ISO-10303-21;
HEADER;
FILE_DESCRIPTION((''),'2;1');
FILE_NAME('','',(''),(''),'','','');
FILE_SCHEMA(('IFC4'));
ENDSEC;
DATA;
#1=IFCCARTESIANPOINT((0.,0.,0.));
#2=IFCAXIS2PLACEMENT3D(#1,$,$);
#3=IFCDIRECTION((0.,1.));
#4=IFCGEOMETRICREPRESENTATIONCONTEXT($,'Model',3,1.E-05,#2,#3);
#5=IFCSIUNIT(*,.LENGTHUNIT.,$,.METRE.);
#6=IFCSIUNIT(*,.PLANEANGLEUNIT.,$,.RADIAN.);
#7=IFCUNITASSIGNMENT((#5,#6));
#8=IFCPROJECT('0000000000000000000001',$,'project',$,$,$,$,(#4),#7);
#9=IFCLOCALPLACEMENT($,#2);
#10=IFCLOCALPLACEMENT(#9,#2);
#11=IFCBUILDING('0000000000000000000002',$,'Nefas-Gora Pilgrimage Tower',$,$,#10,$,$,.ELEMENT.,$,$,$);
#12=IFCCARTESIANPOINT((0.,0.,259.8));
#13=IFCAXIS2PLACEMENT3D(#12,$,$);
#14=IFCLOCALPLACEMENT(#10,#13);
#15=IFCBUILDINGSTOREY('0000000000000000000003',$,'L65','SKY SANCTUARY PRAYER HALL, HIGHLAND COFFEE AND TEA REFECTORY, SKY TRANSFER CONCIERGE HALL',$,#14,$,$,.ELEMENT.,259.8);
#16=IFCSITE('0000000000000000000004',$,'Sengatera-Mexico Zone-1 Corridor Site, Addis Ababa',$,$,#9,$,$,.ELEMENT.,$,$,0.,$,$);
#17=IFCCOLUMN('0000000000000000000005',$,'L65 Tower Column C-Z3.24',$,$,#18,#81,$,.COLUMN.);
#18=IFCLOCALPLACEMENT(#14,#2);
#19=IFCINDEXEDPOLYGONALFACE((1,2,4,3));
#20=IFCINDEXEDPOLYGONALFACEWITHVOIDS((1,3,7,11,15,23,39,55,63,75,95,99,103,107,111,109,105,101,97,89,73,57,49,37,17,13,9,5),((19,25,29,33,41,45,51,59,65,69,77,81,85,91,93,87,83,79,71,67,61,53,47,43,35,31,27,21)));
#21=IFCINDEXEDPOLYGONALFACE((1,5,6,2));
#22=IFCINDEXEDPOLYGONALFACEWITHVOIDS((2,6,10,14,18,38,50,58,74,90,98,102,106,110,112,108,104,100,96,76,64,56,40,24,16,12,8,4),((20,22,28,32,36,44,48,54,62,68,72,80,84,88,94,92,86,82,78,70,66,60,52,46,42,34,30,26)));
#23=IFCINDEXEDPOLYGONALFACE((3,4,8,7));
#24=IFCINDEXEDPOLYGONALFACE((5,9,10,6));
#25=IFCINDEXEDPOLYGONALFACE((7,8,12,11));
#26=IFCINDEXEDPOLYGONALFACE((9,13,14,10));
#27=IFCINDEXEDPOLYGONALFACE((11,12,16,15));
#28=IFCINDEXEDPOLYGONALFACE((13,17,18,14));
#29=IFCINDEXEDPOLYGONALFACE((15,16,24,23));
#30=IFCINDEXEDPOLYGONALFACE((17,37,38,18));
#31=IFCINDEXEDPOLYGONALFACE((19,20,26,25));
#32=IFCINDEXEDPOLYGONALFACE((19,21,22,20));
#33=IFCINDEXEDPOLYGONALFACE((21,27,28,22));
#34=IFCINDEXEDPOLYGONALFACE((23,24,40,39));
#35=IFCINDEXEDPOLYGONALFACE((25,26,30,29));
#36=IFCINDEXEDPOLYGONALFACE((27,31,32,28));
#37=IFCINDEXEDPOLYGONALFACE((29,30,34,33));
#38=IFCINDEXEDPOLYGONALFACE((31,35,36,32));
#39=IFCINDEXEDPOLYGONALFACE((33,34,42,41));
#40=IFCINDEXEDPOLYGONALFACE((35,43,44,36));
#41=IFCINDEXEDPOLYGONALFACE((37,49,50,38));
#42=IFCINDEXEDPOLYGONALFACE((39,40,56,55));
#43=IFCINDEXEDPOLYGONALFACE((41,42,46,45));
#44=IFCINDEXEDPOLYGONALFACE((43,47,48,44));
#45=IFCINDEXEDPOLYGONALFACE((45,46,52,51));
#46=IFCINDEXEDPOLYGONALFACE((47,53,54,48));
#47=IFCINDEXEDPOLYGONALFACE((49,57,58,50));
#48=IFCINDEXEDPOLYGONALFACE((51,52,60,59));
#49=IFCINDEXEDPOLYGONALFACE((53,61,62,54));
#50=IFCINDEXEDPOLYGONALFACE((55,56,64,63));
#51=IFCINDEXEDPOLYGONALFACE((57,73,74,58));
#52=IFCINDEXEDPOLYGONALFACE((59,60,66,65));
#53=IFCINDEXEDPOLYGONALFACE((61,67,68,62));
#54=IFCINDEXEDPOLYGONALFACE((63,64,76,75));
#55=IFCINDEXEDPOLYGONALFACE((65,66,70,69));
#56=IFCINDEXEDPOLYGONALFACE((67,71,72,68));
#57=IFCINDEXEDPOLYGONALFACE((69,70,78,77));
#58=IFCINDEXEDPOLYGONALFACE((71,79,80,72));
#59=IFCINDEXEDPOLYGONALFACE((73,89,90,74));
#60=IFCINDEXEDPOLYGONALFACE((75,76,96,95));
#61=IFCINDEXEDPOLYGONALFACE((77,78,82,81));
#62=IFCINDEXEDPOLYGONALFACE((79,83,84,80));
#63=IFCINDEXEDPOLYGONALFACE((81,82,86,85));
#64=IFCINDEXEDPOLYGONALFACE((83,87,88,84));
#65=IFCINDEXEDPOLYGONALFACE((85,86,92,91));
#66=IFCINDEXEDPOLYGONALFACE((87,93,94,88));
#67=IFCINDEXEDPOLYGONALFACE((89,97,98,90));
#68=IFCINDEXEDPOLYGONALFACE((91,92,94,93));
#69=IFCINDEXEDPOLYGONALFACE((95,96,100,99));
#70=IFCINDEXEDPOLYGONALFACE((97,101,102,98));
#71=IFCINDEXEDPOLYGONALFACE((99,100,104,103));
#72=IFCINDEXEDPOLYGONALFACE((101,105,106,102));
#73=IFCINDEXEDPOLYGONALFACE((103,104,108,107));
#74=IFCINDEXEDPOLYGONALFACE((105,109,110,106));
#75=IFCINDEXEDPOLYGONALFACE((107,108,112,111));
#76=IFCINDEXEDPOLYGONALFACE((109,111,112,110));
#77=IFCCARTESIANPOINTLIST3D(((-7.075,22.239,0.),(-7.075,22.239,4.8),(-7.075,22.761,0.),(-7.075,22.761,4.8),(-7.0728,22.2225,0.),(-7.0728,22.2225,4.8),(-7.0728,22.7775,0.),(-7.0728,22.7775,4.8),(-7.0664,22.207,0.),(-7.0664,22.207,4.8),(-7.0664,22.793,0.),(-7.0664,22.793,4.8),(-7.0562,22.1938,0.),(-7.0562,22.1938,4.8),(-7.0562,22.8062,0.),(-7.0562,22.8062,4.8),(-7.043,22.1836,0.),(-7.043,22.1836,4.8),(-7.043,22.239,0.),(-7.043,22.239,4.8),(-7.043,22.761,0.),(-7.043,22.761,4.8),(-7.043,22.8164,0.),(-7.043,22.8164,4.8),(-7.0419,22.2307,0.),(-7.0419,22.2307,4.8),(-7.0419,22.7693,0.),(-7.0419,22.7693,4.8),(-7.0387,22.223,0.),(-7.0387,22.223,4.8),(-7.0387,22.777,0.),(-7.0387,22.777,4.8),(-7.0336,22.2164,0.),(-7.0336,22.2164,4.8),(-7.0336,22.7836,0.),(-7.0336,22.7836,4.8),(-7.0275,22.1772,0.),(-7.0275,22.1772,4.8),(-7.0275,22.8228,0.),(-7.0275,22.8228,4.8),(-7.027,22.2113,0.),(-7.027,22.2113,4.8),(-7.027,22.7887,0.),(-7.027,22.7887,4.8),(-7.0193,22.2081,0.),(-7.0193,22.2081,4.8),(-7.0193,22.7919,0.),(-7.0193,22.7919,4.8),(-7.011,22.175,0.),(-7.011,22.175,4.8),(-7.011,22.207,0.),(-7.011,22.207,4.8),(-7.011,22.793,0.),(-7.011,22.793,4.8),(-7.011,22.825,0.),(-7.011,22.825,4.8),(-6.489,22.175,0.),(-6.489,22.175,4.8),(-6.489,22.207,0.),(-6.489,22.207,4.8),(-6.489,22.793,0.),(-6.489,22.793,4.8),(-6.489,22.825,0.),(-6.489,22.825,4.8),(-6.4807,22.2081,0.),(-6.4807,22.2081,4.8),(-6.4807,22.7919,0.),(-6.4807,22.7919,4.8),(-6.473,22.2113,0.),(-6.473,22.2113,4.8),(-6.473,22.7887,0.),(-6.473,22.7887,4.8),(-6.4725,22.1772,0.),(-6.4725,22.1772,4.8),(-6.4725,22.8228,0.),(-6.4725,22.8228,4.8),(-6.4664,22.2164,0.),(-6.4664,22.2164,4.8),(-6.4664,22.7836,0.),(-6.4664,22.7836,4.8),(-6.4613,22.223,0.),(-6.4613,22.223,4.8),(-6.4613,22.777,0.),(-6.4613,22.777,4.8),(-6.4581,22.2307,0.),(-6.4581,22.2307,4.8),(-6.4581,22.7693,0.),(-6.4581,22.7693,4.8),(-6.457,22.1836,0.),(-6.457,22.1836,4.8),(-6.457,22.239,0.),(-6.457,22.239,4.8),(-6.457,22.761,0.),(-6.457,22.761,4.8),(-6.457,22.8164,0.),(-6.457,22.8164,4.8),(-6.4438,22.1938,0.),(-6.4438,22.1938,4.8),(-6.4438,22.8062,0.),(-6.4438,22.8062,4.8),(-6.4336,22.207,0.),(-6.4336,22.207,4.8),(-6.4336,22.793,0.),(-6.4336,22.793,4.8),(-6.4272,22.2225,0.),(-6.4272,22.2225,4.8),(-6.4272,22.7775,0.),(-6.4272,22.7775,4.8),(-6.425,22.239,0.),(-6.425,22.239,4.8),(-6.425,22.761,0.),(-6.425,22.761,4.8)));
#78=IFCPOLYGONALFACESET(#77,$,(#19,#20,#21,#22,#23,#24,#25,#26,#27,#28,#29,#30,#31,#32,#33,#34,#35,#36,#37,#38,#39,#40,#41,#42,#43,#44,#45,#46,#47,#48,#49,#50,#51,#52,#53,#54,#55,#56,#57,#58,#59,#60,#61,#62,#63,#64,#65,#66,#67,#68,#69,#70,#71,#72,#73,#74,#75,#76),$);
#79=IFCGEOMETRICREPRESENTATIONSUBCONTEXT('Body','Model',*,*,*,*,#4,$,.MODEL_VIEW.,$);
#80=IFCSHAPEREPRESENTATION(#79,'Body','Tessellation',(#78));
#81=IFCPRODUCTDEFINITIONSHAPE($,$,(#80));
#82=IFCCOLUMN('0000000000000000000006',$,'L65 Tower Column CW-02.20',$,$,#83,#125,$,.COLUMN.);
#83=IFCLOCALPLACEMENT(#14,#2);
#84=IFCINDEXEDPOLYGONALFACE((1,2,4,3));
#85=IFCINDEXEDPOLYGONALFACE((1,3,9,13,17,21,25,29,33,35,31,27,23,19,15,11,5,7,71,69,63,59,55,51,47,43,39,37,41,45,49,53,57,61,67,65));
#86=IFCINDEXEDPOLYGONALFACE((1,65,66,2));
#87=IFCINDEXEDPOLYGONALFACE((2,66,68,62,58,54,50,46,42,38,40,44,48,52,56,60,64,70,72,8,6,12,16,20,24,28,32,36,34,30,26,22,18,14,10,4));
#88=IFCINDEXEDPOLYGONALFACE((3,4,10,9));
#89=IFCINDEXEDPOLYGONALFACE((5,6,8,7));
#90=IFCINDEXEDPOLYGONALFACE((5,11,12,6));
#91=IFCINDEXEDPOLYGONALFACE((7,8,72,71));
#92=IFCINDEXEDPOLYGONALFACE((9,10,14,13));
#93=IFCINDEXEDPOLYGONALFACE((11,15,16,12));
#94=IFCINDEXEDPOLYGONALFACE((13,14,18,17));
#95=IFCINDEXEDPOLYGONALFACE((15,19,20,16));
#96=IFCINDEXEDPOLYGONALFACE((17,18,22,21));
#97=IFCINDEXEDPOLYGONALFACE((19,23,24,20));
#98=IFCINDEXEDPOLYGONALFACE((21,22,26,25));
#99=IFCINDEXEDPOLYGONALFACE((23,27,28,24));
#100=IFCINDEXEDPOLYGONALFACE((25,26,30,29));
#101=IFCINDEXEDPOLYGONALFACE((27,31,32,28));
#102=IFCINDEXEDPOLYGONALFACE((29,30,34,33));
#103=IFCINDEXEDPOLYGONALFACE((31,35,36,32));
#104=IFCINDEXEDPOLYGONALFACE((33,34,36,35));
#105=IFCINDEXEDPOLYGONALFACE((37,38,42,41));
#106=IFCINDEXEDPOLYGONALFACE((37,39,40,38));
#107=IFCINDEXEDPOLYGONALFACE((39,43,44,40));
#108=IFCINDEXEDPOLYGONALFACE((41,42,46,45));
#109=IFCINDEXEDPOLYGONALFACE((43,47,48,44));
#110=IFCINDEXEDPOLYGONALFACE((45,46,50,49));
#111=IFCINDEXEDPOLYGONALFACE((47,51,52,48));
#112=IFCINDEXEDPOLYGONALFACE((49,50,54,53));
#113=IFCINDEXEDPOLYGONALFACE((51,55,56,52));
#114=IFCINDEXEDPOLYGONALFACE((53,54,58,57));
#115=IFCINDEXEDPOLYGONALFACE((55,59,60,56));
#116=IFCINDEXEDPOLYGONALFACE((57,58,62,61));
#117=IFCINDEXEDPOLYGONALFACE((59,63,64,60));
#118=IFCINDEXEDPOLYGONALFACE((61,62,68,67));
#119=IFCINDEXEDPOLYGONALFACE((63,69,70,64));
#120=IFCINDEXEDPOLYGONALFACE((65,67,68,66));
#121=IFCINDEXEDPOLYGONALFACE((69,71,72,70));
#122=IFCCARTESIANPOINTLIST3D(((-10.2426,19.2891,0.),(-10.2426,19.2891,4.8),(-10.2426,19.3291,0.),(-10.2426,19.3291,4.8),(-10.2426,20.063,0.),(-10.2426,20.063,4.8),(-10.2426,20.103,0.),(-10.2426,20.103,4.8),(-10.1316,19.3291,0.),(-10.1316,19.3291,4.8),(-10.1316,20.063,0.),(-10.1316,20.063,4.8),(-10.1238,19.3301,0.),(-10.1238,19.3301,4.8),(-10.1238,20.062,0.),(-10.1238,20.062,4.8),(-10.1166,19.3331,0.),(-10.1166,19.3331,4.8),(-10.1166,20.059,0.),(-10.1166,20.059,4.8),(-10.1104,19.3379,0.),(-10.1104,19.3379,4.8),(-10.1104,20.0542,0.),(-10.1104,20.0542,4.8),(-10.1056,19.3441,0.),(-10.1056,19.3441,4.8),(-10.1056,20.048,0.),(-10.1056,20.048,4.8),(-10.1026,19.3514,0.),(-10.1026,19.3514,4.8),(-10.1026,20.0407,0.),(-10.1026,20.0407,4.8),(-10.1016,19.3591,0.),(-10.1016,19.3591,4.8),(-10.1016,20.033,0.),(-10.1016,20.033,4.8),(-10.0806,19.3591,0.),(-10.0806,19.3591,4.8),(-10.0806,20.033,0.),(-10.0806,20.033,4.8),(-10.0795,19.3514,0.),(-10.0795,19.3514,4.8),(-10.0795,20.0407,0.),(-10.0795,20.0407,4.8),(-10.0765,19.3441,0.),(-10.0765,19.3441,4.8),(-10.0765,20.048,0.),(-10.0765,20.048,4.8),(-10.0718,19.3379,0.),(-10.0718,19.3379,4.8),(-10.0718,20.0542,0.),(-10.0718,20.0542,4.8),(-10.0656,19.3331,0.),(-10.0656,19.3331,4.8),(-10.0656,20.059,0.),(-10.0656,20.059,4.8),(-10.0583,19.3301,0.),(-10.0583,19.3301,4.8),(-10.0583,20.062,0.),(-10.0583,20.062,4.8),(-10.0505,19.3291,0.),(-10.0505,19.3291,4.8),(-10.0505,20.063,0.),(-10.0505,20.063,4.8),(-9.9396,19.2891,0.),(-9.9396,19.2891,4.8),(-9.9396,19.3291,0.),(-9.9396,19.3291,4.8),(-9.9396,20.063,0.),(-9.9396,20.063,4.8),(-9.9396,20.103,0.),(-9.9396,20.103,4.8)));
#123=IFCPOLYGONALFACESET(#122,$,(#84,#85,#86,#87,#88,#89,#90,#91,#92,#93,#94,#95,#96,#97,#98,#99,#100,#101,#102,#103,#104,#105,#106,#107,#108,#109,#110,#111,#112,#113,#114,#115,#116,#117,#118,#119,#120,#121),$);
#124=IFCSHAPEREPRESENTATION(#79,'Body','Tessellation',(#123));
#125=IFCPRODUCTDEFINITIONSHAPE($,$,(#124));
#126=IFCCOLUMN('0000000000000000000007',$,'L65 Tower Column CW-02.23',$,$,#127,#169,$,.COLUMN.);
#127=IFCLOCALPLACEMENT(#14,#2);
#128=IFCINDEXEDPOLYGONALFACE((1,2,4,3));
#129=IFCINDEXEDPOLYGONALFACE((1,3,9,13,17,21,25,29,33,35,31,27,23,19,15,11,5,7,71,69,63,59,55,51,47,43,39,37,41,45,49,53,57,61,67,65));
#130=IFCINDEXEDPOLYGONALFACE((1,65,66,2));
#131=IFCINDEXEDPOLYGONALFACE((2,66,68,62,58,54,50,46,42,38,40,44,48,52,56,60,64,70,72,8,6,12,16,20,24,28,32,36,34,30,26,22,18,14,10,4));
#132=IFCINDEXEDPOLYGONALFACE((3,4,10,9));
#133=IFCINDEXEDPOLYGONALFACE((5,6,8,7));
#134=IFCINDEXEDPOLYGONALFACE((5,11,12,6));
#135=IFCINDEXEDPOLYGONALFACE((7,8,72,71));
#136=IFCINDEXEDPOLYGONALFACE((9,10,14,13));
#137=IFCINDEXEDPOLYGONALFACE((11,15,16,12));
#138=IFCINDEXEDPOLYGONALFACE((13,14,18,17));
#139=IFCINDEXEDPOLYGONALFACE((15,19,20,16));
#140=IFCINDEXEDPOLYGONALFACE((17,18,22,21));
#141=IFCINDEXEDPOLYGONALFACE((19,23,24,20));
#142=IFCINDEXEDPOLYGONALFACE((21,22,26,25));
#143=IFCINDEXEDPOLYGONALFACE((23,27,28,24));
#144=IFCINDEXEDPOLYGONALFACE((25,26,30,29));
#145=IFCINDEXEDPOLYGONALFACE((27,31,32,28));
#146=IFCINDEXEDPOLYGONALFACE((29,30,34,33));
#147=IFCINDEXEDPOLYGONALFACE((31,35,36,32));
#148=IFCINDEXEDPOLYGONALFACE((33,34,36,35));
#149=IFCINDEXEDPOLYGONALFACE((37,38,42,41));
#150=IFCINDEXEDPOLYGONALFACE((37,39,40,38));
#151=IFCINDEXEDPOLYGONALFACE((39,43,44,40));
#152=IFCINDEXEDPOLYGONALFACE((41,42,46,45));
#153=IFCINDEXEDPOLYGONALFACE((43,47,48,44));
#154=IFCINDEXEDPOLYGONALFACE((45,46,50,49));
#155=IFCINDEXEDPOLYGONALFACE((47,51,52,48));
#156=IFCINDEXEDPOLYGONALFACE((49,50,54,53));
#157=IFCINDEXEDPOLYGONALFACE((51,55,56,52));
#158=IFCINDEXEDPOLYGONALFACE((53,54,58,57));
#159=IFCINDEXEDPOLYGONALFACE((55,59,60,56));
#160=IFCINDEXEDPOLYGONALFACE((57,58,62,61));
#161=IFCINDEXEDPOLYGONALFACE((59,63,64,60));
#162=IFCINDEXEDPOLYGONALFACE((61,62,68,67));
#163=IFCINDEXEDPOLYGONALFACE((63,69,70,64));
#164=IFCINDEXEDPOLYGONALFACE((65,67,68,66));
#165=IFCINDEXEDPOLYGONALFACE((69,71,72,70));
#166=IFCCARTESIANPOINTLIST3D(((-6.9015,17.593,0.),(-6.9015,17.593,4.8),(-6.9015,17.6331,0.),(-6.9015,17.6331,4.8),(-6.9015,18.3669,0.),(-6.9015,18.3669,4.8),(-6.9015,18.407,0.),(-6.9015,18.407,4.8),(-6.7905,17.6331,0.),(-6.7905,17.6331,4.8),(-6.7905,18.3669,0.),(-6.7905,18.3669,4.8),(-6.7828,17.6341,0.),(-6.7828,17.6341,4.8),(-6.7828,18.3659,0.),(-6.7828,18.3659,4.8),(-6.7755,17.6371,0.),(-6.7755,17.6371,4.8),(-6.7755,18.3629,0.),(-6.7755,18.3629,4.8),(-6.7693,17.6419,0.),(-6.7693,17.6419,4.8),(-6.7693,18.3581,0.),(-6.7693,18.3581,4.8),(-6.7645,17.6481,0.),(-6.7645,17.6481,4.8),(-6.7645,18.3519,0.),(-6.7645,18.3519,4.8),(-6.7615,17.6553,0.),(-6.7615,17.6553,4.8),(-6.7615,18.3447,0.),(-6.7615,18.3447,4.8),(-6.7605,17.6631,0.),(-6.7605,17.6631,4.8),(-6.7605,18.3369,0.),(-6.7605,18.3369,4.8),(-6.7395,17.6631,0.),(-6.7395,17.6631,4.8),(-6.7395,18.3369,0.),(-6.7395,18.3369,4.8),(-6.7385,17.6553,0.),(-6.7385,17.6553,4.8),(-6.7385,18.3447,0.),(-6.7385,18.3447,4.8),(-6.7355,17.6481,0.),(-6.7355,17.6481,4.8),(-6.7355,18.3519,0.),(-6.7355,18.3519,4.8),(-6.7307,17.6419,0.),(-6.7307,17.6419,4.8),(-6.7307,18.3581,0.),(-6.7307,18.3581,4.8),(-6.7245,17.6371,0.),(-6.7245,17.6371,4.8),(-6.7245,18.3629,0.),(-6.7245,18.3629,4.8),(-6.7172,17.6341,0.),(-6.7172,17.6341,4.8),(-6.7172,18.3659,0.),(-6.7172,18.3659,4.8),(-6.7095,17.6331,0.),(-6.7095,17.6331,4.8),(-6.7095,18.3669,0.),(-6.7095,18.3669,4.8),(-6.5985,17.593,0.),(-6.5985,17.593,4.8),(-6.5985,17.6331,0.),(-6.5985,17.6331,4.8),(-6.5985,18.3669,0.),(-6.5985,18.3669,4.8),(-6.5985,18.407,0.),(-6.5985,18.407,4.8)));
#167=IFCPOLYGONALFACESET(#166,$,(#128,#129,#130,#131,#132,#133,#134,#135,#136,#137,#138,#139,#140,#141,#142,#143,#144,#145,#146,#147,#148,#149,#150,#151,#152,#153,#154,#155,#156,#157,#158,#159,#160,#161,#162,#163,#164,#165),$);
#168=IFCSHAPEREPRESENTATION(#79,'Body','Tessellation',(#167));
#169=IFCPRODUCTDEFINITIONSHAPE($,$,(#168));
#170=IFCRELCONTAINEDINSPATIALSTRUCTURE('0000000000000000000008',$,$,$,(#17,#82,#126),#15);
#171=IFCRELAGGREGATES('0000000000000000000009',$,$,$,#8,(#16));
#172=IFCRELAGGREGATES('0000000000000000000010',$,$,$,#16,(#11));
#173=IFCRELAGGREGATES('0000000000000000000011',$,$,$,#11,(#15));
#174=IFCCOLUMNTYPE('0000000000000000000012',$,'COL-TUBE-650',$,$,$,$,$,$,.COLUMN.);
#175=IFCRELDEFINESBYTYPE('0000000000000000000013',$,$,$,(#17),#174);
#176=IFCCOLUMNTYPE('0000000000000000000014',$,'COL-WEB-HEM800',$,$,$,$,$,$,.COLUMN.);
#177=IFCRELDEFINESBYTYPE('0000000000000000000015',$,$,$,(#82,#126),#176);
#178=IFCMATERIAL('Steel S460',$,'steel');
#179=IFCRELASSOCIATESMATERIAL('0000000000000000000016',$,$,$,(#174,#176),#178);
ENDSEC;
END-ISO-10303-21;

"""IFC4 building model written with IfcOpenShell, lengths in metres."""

from ifc_helpers import new_model, si_unit, direction, frame, origin, origin_2d, place, context, subcontext, project, spatial, hollow_rectangle, i_section, extrude, source, transform, mapped, material, material_profile, profile_set, type_object, element, save


model = new_model("IFC4")

# Units and contexts
model_context = context("Model", 3, precision=1e-05, world=origin(), true_north=direction((0.0, 1.0)))
body_context = subcontext(model_context, "Body", "Model", "MODEL_VIEW")
ifc_project = project(units=[si_unit("LENGTHUNIT", "METRE"), si_unit("PLANEANGLEUNIT", "RADIAN")], contexts=[model_context])

# Site, building, storey
site_placement = place(None, origin())
site = spatial("IfcSite", under=ifc_project, at=site_placement, Name="Sengatera-Mexico Zone-1 Corridor Site, Addis Ababa", CompositionType="ELEMENT", RefElevation=0.0)
building_placement = place(site_placement, origin())
building = spatial("IfcBuilding", under=site, at=building_placement, Name="Nefas-Gora Pilgrimage Tower", CompositionType="ELEMENT")
storey_placement = place(building_placement, frame((0.0, 0.0, 259.8)))
storey = spatial("IfcBuildingStorey", under=building, at=storey_placement, Name="L65", Description="SKY SANCTUARY PRAYER HALL, HIGHLAND COFFEE AND TEA REFECTORY, SKY TRANSFER CONCIERGE HALL", CompositionType="ELEMENT", Elevation=259.8)

# Columns
ifc_material_1 = material(Name="Steel S460", Category="steel")
ifc_material_profile_1 = material_profile(ifc_material_1, hollow_rectangle(XDim=0.6499, YDim=0.6499, WallThickness=0.032, InnerFilletRadius=0.032, OuterFilletRadius=0.064, at=origin_2d()), Name="BOX 650x650x32")
ifc_profile_set_1 = profile_set([ifc_material_profile_1], Name="Steel S460")
column_type_1 = type_object("IfcColumnType", Name="COL-TUBE-650", PredefinedType="COLUMN", material=ifc_profile_set_1)
shared_shape_1 = source(origin(), body_context, "Body", "SweptSolid", [
    extrude(hollow_rectangle(XDim=0.6499, YDim=0.6499, WallThickness=0.032, InnerFilletRadius=0.032, OuterFilletRadius=0.064, at=origin_2d()), origin(), (0.0, 0.0, 1.0), 4.8),
])
column_placement = place(storey_placement, frame((-6.75, 22.5, 0.0), z_axis=(0.0, 0.0, 1.0), x_axis=(1.0, 0.0, 0.0)))
element("IfcColumn", 1, at=column_placement, inside=storey, type_object=column_type_1, Name="L65 Tower Column C-Z3.24", PredefinedType="COLUMN", context=body_context, shape_type="MappedRepresentation", body=[
    mapped(shared_shape_1, transform((0.0, 0.0, 0.0), x_axis=(1.0, 0.0, 0.0), y_axis=(0.0, 1.0, 0.0), z_axis=(0.0, 0.0, 1.0), scale=1.0)),
])
ifc_material_profile_2 = material_profile(ifc_material_1, i_section(OverallWidth=0.303, OverallDepth=0.814, WebThickness=0.021, FlangeThickness=0.04, FilletRadius=0.03, at=origin_2d()), Name="HEM 800")
ifc_profile_set_2 = profile_set([ifc_material_profile_2], Name="Steel S460")
column_type_2 = type_object("IfcColumnType", Name="COL-WEB-HEM800", PredefinedType="COLUMN", material=ifc_profile_set_2)
shared_shape_2 = source(origin(), body_context, "Body", "SweptSolid", [
    extrude(i_section(OverallWidth=0.303, OverallDepth=0.814, WebThickness=0.021, FlangeThickness=0.04, FilletRadius=0.03, at=origin_2d()), origin(), (0.0, 0.0, 1.0), 4.8),
])
for number, where, z_axis, x_axis, name in (
    (2, (-10.0911, 19.696, 0.0), (0.0, 0.0, 1.0), (1.0, 0.0, 0.0), "L65 Tower Column CW-02.20"),
    (3, (-6.75, 18.0, 0.0), (0.0, 0.0, 1.0), (1.0, 0.0, 0.0), "L65 Tower Column CW-02.23"),
):
    element("IfcColumn", number, at=place(storey_placement, frame(where, z_axis=z_axis, x_axis=x_axis)), inside=storey, type_object=column_type_2, Name=name, PredefinedType="COLUMN", context=body_context, shape_type="MappedRepresentation", body=[
        mapped(shared_shape_2, transform((0.0, 0.0, 0.0), x_axis=(1.0, 0.0, 0.0), y_axis=(0.0, 1.0, 0.0), z_axis=(0.0, 0.0, 1.0), scale=1.0)),
    ])

save(model, "model.ifc")
